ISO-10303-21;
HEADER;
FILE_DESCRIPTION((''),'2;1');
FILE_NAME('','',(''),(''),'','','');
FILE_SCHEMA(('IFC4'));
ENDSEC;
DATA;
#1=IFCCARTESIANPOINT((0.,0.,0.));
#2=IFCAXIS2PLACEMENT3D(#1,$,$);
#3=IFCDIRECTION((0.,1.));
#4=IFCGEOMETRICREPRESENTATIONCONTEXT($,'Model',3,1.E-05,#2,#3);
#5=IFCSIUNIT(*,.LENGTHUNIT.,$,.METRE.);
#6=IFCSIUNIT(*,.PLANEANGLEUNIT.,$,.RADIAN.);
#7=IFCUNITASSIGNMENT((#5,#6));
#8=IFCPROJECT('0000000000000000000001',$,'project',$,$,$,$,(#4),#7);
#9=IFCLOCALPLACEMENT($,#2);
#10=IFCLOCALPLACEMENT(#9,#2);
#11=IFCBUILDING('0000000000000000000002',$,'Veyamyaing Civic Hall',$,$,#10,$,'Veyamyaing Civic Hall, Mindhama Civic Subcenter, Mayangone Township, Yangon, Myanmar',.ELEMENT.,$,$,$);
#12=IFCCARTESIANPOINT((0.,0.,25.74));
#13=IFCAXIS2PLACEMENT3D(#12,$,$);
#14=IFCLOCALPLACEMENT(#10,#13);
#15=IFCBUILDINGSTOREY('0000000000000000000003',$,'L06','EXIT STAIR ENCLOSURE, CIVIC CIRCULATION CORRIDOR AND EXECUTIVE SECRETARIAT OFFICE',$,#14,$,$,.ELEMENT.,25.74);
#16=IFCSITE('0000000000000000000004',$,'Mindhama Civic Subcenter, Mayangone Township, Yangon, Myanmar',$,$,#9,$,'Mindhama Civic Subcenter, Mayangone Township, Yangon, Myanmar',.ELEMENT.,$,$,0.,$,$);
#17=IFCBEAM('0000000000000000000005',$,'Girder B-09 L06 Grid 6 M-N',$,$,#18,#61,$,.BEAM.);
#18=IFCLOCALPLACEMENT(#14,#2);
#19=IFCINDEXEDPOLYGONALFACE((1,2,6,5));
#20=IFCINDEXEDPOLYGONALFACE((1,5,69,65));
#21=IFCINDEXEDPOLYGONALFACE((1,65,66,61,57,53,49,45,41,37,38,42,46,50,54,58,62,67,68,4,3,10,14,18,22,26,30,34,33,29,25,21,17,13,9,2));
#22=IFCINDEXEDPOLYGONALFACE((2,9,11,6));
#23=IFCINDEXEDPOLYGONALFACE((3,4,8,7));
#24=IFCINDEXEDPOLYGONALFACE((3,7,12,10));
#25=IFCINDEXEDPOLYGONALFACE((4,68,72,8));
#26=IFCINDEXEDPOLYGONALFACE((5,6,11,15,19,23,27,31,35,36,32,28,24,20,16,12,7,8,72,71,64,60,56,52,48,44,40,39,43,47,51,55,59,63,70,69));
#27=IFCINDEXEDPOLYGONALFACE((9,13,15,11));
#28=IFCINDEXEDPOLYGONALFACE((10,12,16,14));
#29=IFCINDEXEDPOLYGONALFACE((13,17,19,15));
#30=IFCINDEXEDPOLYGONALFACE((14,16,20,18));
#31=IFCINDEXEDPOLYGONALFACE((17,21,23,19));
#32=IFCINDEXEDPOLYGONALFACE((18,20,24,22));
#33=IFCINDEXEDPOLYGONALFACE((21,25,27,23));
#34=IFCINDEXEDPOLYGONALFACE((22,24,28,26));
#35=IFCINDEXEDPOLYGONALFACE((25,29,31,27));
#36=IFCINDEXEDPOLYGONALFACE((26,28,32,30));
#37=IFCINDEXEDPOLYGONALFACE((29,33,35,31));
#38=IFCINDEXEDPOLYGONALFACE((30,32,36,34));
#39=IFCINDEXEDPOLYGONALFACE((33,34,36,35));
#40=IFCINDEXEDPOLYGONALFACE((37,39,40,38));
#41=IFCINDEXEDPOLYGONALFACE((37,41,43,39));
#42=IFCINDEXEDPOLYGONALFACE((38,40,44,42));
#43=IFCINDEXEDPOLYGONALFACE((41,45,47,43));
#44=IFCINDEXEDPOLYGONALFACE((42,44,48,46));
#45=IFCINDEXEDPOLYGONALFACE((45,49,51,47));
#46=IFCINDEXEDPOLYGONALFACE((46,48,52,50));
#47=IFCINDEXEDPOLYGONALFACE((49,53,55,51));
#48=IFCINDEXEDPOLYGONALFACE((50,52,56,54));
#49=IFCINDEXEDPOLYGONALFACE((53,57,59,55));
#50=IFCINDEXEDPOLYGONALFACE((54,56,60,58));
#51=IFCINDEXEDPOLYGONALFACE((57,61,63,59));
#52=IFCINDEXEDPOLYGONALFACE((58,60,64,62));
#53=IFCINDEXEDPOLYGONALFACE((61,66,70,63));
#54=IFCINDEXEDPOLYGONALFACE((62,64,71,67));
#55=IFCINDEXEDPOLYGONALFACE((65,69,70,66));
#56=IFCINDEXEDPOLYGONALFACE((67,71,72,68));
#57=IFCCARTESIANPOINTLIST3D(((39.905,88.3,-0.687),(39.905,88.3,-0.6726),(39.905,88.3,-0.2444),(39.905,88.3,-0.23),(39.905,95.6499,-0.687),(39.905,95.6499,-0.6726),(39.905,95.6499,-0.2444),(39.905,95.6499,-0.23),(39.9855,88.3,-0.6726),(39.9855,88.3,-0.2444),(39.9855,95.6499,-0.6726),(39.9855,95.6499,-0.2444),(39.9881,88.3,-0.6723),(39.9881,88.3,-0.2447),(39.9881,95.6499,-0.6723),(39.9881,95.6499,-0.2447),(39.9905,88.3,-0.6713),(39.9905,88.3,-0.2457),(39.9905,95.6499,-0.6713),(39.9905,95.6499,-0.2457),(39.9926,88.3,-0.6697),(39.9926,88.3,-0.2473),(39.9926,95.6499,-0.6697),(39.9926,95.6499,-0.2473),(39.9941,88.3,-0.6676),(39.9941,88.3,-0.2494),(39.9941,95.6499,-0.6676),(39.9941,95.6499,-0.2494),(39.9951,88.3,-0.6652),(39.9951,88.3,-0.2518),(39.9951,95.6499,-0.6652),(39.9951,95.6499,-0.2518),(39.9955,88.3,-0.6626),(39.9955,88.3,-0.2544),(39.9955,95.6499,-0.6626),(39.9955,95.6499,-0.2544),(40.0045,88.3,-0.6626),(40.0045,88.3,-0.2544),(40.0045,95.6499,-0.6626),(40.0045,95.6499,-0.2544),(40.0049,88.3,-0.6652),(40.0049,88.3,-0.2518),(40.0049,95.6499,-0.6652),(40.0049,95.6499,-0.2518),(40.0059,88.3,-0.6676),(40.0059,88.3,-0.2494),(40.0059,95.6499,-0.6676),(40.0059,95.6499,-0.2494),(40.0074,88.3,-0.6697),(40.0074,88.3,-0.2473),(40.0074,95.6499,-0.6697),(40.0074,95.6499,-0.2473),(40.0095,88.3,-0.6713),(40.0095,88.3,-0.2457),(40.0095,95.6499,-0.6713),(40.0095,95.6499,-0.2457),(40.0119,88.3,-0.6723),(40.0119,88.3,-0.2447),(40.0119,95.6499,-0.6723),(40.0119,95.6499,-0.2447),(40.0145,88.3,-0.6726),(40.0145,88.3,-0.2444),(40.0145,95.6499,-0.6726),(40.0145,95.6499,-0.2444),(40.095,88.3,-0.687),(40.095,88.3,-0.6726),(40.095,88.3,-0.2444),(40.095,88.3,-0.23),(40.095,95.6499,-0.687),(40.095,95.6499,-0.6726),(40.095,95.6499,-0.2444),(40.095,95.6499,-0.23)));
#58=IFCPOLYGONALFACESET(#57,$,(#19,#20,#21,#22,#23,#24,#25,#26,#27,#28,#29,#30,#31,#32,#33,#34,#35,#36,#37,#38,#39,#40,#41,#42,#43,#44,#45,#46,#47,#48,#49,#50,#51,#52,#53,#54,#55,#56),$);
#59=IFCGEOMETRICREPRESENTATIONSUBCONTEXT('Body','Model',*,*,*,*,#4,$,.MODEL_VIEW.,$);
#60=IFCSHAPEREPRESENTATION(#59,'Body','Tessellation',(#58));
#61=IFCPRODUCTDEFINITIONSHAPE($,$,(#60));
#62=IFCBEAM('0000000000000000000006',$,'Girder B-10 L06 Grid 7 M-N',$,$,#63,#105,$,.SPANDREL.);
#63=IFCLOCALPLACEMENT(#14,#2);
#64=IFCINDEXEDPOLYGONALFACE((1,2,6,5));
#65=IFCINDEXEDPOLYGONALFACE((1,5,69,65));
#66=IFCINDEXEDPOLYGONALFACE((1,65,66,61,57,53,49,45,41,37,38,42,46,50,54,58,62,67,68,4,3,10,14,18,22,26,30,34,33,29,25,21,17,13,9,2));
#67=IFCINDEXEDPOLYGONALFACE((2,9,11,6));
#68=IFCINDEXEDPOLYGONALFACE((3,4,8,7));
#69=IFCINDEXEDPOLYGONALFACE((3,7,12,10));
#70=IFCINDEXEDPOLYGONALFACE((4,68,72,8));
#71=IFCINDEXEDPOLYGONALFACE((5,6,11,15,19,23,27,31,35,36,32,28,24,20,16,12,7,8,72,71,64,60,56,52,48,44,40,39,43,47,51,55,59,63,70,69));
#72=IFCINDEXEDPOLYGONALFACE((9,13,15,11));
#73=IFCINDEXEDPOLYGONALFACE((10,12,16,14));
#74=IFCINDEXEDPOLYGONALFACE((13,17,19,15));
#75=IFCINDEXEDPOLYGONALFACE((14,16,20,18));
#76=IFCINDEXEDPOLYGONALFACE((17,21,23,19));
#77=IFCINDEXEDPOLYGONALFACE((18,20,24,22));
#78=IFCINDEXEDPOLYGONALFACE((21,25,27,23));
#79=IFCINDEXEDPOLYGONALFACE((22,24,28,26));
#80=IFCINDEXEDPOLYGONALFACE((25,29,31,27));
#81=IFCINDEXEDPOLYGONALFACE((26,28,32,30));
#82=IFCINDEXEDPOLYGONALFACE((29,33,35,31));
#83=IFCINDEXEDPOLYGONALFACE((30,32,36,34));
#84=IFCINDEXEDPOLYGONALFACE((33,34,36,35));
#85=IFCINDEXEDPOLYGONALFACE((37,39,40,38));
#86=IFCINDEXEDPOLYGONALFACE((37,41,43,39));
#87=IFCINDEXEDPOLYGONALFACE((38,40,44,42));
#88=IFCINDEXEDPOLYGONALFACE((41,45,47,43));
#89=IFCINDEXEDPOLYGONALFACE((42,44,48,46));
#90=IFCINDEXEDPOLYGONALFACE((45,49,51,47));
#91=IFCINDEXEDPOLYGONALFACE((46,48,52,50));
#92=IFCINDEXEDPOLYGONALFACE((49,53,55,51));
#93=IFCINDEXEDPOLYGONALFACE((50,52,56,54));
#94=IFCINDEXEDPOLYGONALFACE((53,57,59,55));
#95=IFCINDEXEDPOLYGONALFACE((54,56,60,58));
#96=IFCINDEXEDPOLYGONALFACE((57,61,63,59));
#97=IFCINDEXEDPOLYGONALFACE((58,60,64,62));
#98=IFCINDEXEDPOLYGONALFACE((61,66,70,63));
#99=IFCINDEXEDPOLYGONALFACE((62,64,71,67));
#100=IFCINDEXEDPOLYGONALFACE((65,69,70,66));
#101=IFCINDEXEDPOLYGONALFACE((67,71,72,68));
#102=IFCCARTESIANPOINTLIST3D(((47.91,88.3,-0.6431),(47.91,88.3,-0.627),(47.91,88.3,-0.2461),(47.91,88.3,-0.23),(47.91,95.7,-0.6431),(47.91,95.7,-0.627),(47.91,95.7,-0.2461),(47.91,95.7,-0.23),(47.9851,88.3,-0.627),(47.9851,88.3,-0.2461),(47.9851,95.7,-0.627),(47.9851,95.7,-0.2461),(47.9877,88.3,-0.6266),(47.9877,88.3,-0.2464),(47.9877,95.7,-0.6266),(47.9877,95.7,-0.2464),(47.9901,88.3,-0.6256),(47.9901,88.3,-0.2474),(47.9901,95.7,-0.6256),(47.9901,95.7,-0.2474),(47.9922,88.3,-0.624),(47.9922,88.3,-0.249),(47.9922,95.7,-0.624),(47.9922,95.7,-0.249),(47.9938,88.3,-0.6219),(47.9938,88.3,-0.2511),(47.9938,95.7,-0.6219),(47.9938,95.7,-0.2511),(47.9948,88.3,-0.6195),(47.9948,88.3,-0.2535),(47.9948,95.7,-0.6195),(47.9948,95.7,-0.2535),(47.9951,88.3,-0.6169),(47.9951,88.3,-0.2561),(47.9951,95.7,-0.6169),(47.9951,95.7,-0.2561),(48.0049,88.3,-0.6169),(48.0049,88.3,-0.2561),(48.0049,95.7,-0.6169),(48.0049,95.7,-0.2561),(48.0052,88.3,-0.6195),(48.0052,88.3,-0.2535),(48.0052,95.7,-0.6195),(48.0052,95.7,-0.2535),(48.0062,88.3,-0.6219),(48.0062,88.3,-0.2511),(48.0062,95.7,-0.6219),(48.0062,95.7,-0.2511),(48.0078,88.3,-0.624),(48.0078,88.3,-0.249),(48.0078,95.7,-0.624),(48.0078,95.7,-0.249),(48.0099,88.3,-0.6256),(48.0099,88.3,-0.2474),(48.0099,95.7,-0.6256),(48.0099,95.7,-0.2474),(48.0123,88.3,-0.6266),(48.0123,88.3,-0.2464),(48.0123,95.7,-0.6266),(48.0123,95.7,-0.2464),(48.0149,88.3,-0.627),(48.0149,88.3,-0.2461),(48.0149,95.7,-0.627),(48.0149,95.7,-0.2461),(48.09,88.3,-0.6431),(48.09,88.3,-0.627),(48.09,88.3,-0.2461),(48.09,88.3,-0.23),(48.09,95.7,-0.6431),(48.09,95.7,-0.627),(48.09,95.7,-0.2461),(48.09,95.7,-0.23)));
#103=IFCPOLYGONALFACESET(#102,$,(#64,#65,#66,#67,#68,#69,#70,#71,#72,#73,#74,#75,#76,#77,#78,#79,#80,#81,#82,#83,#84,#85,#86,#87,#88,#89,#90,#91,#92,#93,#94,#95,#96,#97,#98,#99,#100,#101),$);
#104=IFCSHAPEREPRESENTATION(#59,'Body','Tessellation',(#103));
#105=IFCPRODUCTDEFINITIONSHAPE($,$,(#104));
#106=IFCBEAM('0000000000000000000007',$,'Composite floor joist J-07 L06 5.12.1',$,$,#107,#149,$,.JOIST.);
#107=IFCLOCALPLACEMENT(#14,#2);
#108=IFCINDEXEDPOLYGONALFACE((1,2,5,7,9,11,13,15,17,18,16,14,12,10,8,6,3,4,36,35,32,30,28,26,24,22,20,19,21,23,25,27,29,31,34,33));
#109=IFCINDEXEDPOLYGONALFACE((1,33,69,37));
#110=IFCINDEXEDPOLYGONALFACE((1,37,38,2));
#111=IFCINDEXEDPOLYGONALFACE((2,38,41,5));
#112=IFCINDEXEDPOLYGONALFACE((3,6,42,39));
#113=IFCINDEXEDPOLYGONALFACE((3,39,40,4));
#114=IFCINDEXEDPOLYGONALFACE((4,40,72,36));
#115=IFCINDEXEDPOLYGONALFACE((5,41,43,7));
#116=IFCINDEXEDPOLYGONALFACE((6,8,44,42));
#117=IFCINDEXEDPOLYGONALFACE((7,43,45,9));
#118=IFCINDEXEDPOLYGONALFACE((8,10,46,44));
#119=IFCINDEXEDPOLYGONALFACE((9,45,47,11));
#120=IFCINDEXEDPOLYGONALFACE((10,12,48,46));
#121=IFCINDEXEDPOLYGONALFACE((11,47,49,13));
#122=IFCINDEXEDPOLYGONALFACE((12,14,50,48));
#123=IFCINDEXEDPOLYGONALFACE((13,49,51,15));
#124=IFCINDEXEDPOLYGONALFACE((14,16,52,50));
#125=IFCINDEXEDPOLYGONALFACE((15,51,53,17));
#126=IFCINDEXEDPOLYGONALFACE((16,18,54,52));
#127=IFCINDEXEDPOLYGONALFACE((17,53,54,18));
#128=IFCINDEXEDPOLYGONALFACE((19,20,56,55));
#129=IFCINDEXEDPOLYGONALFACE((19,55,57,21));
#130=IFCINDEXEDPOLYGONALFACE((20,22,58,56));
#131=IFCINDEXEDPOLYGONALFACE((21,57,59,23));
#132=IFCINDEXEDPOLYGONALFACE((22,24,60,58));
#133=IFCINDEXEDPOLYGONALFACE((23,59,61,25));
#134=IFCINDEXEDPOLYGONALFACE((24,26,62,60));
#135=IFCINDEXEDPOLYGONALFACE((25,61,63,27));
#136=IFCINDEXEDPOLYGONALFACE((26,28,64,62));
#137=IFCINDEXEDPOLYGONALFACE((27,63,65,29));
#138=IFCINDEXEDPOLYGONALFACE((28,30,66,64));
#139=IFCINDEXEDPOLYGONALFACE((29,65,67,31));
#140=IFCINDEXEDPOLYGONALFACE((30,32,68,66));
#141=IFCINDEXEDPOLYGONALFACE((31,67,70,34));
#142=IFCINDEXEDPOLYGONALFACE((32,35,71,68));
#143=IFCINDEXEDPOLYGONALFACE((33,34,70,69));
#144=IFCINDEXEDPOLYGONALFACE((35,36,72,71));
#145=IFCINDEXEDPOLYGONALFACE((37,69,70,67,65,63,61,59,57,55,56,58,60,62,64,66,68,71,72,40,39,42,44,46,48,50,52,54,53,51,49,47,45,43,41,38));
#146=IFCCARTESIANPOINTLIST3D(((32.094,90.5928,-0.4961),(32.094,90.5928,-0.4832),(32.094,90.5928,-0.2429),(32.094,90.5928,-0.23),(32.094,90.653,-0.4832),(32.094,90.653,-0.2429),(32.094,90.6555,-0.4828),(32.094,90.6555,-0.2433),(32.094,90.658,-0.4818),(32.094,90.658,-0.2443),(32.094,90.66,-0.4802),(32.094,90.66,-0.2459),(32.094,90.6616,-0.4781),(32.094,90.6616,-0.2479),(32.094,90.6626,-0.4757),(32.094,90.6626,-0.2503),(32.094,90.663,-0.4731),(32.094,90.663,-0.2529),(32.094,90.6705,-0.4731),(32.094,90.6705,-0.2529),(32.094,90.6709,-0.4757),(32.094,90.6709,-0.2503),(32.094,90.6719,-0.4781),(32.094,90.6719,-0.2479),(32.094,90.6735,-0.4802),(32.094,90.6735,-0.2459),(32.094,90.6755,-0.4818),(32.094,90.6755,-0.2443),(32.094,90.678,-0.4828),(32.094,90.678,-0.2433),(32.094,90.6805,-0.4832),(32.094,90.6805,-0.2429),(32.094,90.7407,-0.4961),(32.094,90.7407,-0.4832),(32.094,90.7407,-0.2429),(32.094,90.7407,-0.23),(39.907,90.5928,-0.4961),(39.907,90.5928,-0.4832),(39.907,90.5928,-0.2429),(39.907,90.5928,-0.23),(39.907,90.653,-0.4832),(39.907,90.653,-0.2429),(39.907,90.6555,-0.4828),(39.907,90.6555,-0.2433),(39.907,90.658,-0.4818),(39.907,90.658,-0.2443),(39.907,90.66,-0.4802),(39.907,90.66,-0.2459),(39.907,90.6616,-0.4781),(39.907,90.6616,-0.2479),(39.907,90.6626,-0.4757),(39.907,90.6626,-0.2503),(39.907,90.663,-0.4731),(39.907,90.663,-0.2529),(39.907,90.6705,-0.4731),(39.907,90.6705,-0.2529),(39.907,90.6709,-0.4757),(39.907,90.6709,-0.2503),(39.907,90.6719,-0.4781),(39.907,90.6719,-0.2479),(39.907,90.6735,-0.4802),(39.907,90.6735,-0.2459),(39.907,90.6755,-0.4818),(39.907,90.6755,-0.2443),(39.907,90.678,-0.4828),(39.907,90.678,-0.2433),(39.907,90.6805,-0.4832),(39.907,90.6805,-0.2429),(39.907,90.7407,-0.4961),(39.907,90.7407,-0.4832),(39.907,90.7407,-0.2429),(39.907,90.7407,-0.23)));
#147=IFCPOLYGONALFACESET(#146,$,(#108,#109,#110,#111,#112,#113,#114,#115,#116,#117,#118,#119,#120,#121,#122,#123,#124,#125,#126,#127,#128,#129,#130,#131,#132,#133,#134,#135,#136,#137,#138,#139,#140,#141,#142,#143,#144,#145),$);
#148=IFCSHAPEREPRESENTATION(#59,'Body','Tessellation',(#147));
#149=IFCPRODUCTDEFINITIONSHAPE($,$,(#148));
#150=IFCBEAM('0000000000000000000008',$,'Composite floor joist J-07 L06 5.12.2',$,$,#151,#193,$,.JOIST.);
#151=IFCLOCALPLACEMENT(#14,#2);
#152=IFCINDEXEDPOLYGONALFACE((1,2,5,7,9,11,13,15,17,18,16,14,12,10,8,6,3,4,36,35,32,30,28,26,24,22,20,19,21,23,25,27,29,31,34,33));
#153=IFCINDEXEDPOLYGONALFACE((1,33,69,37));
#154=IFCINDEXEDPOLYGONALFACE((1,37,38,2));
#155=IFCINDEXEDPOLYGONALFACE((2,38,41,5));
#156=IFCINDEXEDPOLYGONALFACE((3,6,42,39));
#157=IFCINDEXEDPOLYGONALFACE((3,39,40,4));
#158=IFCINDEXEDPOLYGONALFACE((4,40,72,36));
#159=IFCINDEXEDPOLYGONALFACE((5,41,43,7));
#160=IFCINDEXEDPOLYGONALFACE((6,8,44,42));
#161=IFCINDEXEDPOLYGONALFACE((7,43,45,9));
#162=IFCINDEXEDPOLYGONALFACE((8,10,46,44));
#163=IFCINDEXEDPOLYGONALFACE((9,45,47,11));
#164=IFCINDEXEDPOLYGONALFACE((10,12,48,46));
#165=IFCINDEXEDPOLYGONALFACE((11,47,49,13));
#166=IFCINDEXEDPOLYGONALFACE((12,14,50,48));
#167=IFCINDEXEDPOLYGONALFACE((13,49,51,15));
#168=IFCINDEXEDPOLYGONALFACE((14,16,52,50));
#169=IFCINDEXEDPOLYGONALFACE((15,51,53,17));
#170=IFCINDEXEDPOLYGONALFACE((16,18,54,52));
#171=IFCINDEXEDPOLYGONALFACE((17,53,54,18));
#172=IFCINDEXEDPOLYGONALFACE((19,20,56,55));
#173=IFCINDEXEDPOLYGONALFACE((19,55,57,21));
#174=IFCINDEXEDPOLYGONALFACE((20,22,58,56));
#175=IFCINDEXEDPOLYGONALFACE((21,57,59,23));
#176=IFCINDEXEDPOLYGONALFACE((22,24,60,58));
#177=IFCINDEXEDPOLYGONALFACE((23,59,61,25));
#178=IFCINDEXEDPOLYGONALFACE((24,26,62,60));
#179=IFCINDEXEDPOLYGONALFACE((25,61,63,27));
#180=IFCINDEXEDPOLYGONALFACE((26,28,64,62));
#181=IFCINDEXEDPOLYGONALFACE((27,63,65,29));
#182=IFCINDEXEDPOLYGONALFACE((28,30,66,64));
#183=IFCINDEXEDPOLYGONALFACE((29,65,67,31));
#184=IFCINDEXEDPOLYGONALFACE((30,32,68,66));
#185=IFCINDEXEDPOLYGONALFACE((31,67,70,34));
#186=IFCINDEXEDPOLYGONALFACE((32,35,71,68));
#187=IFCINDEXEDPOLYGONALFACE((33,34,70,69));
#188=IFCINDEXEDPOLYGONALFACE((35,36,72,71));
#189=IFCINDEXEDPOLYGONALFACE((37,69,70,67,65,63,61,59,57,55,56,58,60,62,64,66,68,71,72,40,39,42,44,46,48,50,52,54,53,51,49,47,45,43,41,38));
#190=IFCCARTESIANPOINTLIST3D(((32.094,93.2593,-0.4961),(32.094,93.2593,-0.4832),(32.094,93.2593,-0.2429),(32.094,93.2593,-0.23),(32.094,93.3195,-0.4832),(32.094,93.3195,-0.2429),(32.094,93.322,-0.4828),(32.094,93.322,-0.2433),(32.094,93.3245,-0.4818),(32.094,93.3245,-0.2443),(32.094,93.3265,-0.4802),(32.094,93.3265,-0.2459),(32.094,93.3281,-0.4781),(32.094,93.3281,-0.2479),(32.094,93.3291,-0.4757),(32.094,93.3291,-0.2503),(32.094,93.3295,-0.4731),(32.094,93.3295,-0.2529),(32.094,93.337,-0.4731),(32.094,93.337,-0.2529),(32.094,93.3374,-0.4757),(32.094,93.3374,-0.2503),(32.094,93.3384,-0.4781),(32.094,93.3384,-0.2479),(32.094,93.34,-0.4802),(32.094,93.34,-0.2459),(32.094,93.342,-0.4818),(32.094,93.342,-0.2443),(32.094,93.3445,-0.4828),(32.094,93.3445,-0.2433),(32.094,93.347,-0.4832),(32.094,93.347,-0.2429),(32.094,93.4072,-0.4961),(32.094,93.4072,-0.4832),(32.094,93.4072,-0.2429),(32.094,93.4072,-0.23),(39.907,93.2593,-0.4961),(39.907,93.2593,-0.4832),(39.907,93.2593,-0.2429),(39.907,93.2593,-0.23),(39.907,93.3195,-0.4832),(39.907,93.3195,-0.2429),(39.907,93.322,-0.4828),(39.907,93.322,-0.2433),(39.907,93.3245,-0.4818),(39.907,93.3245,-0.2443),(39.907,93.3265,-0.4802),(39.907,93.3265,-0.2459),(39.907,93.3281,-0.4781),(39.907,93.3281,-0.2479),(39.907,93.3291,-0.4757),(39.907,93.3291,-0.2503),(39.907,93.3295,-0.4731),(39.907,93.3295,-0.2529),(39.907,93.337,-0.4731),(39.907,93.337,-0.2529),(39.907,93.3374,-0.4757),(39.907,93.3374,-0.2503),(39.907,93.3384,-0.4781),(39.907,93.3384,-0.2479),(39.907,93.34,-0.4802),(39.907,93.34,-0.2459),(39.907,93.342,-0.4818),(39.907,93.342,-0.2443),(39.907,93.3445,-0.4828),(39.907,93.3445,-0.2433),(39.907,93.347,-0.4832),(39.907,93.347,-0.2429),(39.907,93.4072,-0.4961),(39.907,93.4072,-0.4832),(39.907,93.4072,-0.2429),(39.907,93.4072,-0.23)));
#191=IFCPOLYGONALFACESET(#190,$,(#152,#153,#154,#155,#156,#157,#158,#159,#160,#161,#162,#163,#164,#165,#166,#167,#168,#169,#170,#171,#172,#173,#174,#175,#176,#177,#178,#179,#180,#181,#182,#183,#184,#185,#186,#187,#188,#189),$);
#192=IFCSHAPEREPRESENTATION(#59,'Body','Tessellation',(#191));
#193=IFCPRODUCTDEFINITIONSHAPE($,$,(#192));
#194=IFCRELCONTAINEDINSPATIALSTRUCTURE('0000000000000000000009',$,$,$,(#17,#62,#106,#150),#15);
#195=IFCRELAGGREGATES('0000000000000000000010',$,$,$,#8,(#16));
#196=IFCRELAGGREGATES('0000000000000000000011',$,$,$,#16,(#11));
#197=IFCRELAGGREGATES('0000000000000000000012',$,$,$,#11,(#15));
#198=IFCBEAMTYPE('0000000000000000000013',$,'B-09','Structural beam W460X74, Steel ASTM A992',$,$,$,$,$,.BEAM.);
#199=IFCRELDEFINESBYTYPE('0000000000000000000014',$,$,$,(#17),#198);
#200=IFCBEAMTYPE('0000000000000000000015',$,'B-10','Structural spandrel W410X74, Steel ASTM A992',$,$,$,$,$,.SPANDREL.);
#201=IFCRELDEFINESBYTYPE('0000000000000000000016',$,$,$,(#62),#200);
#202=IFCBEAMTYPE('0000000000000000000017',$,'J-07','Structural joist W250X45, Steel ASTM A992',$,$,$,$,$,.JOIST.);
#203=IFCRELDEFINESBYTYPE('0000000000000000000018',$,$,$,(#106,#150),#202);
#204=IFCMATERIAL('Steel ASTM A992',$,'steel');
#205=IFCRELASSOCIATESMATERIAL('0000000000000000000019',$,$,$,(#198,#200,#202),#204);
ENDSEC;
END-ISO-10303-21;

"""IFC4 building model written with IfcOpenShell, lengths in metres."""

from ifc_helpers import new_model, si_unit, direction, frame, origin, origin_2d, place, context, subcontext, project, spatial, i_section, extrude, material, material_profile, profile_set, type_object, element, save


model = new_model("IFC4")

# Units and contexts
model_context = context("Model", 3, precision=1e-05, world=origin(), true_north=direction((0.0, 1.0)))
body_context = subcontext(model_context, "Body", "Model", "MODEL_VIEW")
ifc_project = project(units=[si_unit("LENGTHUNIT", "METRE"), si_unit("PLANEANGLEUNIT", "RADIAN")], contexts=[model_context])

# Site, building, storey
site_placement = place(None, origin())
site = spatial("IfcSite", under=ifc_project, at=site_placement, Name="Mindhama Civic Subcenter, Mayangone Township, Yangon, Myanmar", LongName="Mindhama Civic Subcenter, Mayangone Township, Yangon, Myanmar", CompositionType="ELEMENT", RefElevation=0.0)
building_placement = place(site_placement, origin())
building = spatial("IfcBuilding", under=site, at=building_placement, Name="Veyamyaing Civic Hall", LongName="Veyamyaing Civic Hall, Mindhama Civic Subcenter, Mayangone Township, Yangon, Myanmar", CompositionType="ELEMENT")
storey_placement = place(building_placement, frame((0.0, 0.0, 25.74)))
storey = spatial("IfcBuildingStorey", under=building, at=storey_placement, Name="L06", Description="EXIT STAIR ENCLOSURE, CIVIC CIRCULATION CORRIDOR AND EXECUTIVE SECRETARIAT OFFICE", CompositionType="ELEMENT", Elevation=25.74)

# Beams
ifc_material_1 = material(Name="Steel ASTM A992", Category="steel")
ifc_material_profile_1 = material_profile(ifc_material_1, i_section(OverallWidth=0.1899, OverallDepth=0.457, WebThickness=0.009, FlangeThickness=0.0144, FilletRadius=0.01, at=origin_2d()), Name="W460X74")
ifc_profile_set_1 = profile_set([ifc_material_profile_1], Name="Steel ASTM A992")
beam_type_1 = type_object("IfcBeamType", Name="B-09", Description="Structural beam W460X74, Steel ASTM A992", PredefinedType="BEAM", material=ifc_profile_set_1)
for number, where, z_axis, x_axis, name in (
    (1, (40.0, 88.3, -0.4585), (0.0, 1.0, 0.0), (-1.0, 0.0, 0.0), "Girder B-09 L06 Grid 6 M-N"),
):
    element("IfcBeam", number, at=place(storey_placement, frame(where, z_axis=z_axis, x_axis=x_axis)), inside=storey, type_object=beam_type_1, Name=name, PredefinedType="BEAM", context=body_context, shape_type="SweptSolid", body=[
        extrude(i_section(OverallWidth=0.1899, OverallDepth=0.457, WebThickness=0.009, FlangeThickness=0.0144, FilletRadius=0.01, at=origin_2d()), origin(), (0.0, 0.0, 1.0), 7.3499),
    ])
ifc_material_profile_2 = material_profile(ifc_material_1, i_section(OverallWidth=0.1799, OverallDepth=0.4131, WebThickness=0.0098, FlangeThickness=0.0161, FilletRadius=0.01, at=origin_2d()), Name="W410X74")
ifc_profile_set_2 = profile_set([ifc_material_profile_2], Name="Steel ASTM A992")
beam_type_2 = type_object("IfcBeamType", Name="B-10", Description="Structural spandrel W410X74, Steel ASTM A992", PredefinedType="SPANDREL", material=ifc_profile_set_2)
beam_1_placement = place(storey_placement, frame((48.0, 88.3, -0.4365), z_axis=(0.0, 1.0, 0.0), x_axis=(-1.0, 0.0, 0.0)))
element("IfcBeam", 2, at=beam_1_placement, inside=storey, type_object=beam_type_2, Name="Girder B-10 L06 Grid 7 M-N", PredefinedType="SPANDREL", context=body_context, shape_type="SweptSolid", body=[
    extrude(i_section(OverallWidth=0.1799, OverallDepth=0.4131, WebThickness=0.0098, FlangeThickness=0.0161, FilletRadius=0.01, at=origin_2d()), origin(), (0.0, 0.0, 1.0), 7.3999),
])
ifc_material_profile_3 = material_profile(ifc_material_1, i_section(OverallWidth=0.1479, OverallDepth=0.2661, WebThickness=0.0076, FlangeThickness=0.0129, FilletRadius=0.01, at=origin_2d()), Name="W250X45")
ifc_profile_set_3 = profile_set([ifc_material_profile_3], Name="Steel ASTM A992")
beam_type_3 = type_object("IfcBeamType", Name="J-07", Description="Structural joist W250X45, Steel ASTM A992", PredefinedType="JOIST", material=ifc_profile_set_3)
for number, where, z_axis, x_axis, name in (
    (3, (32.094, 90.6667, -0.363), (1.0, 0.0, 0.0), (0.0, 1.0, 0.0), "Composite floor joist J-07 L06 5.12.1"),
    (4, (32.094, 93.3333, -0.363), (1.0, 0.0, 0.0), (0.0, 1.0, 0.0), "Composite floor joist J-07 L06 5.12.2"),
):
    element("IfcBeam", number, at=place(storey_placement, frame(where, z_axis=z_axis, x_axis=x_axis)), inside=storey, type_object=beam_type_3, Name=name, PredefinedType="JOIST", context=body_context, shape_type="SweptSolid", body=[
        extrude(i_section(OverallWidth=0.1479, OverallDepth=0.2661, WebThickness=0.0076, FlangeThickness=0.0129, FilletRadius=0.01, at=origin_2d()), origin(), (0.0, 0.0, 1.0), 7.813),
    ])

save(model, "model.ifc")
